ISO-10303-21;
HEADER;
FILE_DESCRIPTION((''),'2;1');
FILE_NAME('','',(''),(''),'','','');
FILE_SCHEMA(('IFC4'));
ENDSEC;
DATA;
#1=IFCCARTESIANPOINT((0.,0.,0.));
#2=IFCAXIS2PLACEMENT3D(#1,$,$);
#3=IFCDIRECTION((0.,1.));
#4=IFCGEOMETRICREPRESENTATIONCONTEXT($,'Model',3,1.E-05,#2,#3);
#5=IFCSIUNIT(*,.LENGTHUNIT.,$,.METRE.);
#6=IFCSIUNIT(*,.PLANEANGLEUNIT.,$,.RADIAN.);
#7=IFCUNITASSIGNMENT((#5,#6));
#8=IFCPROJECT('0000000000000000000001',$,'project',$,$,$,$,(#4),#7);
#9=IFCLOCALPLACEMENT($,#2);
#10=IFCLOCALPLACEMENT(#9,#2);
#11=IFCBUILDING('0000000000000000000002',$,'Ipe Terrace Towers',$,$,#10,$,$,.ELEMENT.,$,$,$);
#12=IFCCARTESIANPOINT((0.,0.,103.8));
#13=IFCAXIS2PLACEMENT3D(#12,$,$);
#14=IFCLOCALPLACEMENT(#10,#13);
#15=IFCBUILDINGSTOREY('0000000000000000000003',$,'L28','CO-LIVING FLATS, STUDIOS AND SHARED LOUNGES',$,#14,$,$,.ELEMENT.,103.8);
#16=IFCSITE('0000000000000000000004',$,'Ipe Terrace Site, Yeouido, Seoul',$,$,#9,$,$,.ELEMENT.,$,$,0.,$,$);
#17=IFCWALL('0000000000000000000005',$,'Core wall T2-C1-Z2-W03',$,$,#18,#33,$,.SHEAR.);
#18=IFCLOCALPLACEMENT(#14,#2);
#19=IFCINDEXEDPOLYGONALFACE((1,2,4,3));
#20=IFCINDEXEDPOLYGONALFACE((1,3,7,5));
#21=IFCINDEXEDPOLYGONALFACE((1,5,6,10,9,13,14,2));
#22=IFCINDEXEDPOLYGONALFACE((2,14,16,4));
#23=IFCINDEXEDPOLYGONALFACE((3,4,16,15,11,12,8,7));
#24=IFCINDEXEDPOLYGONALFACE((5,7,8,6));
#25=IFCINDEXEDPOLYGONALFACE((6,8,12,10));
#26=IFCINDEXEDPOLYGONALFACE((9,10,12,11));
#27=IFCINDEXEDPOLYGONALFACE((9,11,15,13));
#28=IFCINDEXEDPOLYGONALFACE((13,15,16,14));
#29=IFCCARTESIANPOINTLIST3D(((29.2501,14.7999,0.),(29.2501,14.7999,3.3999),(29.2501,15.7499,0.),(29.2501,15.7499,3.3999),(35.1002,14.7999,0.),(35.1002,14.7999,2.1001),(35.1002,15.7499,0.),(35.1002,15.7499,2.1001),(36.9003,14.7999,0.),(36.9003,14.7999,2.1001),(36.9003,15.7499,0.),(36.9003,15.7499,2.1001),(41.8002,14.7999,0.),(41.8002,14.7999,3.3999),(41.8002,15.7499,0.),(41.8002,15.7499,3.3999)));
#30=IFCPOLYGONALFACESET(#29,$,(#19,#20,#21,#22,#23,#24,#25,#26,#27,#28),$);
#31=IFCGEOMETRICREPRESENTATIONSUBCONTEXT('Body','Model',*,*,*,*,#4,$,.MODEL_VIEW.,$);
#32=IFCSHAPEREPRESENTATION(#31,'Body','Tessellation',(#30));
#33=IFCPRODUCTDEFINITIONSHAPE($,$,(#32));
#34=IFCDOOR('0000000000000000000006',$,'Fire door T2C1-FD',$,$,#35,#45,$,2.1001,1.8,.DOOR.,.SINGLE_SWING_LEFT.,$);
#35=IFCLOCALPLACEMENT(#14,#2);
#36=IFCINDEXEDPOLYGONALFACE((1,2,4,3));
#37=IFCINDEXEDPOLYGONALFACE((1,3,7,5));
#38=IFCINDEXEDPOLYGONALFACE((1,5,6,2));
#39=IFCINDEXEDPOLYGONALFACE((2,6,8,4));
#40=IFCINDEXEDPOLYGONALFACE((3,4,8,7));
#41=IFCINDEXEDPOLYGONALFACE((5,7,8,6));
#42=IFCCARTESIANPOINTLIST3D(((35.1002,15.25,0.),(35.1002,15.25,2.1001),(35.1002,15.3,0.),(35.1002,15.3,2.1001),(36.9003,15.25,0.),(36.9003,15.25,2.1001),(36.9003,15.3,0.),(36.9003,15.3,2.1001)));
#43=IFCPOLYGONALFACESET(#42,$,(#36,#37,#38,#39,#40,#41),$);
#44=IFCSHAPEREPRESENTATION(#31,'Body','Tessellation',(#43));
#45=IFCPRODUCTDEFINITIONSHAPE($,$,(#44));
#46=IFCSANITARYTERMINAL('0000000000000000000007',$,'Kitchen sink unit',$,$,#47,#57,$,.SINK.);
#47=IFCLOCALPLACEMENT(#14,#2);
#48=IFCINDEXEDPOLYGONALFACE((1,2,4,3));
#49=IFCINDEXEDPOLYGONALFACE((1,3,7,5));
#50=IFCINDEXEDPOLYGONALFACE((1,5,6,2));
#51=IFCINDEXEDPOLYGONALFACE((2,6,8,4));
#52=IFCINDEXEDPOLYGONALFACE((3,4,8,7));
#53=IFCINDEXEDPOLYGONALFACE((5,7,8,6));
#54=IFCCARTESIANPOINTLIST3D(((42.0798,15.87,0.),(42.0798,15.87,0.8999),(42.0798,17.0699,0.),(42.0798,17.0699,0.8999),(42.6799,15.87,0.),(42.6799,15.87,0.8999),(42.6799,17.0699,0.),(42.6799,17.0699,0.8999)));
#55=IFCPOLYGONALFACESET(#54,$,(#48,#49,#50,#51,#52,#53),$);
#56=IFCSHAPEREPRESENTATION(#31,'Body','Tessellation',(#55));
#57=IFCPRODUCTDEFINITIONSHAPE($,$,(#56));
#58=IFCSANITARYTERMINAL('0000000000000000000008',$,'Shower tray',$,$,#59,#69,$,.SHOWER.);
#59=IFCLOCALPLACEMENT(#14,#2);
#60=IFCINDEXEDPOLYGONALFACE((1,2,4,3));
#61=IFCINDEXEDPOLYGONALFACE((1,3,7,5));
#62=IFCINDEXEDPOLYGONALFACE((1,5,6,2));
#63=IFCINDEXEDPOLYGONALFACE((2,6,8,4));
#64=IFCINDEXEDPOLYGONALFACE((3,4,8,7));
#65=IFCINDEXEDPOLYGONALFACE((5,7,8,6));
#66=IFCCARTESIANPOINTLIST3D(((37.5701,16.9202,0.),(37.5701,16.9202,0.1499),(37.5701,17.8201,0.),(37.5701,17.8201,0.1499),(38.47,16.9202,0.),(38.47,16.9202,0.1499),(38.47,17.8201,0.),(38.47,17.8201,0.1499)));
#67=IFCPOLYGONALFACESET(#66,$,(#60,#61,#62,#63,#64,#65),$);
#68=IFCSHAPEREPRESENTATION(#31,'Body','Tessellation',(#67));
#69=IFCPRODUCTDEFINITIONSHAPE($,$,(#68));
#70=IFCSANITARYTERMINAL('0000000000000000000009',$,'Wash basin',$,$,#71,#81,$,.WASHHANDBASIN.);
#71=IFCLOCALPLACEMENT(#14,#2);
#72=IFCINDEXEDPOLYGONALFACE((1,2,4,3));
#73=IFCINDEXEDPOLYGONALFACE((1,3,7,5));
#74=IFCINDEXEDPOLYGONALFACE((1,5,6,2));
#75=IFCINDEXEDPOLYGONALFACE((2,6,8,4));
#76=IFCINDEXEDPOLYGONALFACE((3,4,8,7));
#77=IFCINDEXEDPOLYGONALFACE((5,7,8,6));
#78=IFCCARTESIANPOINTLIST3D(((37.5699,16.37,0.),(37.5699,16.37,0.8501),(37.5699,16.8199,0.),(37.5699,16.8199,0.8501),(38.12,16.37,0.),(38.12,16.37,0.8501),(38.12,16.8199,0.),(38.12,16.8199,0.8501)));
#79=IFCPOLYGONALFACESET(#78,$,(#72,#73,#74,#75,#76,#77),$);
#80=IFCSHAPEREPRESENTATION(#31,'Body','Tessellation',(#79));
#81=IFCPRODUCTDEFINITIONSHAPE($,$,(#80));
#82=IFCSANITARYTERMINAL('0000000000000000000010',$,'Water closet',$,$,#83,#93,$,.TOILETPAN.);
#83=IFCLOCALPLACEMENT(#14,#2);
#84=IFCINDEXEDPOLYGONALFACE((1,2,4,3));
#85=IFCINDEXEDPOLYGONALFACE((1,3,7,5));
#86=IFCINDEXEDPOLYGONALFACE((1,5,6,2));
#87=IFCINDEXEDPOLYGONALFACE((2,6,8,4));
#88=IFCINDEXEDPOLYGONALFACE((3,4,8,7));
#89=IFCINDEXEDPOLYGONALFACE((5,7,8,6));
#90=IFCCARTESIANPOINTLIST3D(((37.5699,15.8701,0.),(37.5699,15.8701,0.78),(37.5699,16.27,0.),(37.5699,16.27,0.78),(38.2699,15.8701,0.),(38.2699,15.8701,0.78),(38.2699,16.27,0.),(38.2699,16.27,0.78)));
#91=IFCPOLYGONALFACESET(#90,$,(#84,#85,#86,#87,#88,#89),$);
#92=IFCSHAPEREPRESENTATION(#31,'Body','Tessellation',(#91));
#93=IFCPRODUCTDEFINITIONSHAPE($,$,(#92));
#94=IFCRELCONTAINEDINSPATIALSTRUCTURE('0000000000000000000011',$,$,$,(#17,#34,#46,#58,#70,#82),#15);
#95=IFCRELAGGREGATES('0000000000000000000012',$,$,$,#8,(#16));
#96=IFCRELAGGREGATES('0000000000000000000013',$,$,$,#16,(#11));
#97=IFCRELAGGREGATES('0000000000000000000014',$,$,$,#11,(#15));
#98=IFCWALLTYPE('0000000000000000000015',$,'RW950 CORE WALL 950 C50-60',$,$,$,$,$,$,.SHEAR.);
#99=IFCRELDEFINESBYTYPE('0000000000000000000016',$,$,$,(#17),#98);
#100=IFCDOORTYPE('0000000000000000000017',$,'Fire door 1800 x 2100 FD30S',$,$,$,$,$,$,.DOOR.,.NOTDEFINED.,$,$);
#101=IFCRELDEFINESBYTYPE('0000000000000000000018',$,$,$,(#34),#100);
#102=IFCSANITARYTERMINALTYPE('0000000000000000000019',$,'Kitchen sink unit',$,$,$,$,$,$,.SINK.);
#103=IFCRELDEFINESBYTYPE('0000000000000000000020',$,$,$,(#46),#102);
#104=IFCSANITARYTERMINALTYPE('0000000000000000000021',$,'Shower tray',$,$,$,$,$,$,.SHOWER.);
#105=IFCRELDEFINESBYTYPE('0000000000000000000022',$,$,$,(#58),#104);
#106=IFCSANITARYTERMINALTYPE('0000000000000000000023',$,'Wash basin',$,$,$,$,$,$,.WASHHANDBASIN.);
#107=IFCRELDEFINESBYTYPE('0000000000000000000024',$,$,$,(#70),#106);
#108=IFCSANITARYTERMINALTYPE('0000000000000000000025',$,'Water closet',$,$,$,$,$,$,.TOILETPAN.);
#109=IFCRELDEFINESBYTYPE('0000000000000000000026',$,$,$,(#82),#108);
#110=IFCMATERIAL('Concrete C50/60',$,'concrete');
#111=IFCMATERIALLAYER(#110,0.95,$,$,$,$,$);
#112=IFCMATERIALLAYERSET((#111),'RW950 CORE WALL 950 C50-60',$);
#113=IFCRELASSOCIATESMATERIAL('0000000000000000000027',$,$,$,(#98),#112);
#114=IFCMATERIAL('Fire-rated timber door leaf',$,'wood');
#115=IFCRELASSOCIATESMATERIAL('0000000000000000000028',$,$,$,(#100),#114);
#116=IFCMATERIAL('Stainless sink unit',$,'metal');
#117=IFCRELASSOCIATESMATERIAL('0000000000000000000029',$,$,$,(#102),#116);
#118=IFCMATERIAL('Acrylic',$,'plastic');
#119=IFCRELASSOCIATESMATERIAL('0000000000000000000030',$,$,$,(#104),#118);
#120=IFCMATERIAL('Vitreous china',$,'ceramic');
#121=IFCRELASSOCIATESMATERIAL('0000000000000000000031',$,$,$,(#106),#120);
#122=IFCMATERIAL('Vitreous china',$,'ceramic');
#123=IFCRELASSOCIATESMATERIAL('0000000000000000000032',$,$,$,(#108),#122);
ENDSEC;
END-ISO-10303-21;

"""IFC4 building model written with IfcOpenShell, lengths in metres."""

from ifc_helpers import new_model, si_unit, direction, frame, frame_2d, origin, origin_2d, place, context, subcontext, project, spatial, rectangle, extrude, material, layer, layer_set, type_object, element, fill, save


model = new_model("IFC4")

# Units and contexts
model_context = context("Model", 3, precision=1e-05, world=origin(), true_north=direction((0.0, 1.0)))
body_context = subcontext(model_context, "Body", "Model", "MODEL_VIEW")
ifc_project = project(units=[si_unit("LENGTHUNIT", "METRE"), si_unit("PLANEANGLEUNIT", "RADIAN")], contexts=[model_context])

# Site, building, storey
site_placement = place(None, origin())
site = spatial("IfcSite", under=ifc_project, at=site_placement, Name="Ipe Terrace Site, Yeouido, Seoul", CompositionType="ELEMENT", RefElevation=0.0)
building_placement = place(site_placement, origin())
building = spatial("IfcBuilding", under=site, at=building_placement, Name="Ipe Terrace Towers", CompositionType="ELEMENT")
storey_placement = place(building_placement, frame((0.0, 0.0, 103.8)))
storey = spatial("IfcBuildingStorey", under=building, at=storey_placement, Name="L28", Description="CO-LIVING FLATS, STUDIOS AND SHARED LOUNGES", CompositionType="ELEMENT", Elevation=103.8)

# Wall, opening, door
ifc_material_1 = material(Name="Concrete C50/60", Category="concrete")
ifc_layer_1 = layer(ifc_material_1, 0.95)
ifc_layer_set_1 = layer_set([ifc_layer_1], Name="RW950 CORE WALL 950 C50-60")
wall_type_1 = type_object("IfcWallType", Name="RW950 CORE WALL 950 C50-60", PredefinedType="SHEAR", material=ifc_layer_set_1)
wall_1_placement = place(storey_placement, frame((41.8, 15.2749, 0.0), z_axis=(0.0, 0.0, 1.0), x_axis=(-1.0, 0.0, 0.0)))
wall_1 = element("IfcWall", 1, at=wall_1_placement, inside=storey, type_object=wall_type_1, Name="Core wall T2-C1-Z2-W03", PredefinedType="SHEAR", context=body_context, shape_type="SweptSolid", body=[
    extrude(rectangle(XDim=12.55, YDim=0.95, at=frame_2d((6.2749, 0.0))), origin(), (0.0, 0.0, 1.0), 3.3999),
])
opening_1_placement = place(wall_1_placement, frame((4.8999, 0.0, 0.0)))
opening_1 = element("IfcOpeningElement", 2, at=opening_1_placement, cuts=wall_1, PredefinedType="OPENING", context=body_context, shape_type="SweptSolid", body=[
    extrude(rectangle(XDim=1.8, YDim=2.1001, at=frame_2d((0.8999, 1.05))), frame((0.0, 0.4849, 0.0), z_axis=(0.0, -1.0, 0.0), x_axis=(1.0, 0.0, 0.0)), (0.0, 0.0, 1.0), 0.97),
])
ifc_material_2 = material(Name="Fire-rated timber door leaf", Category="wood")
door_type_1 = type_object("IfcDoorType", Name="Fire door 1800 x 2100 FD30S", OperationType="NOTDEFINED", PredefinedType="DOOR", material=ifc_material_2)
door_1_placement = place(opening_1_placement, origin())
door_1 = element("IfcDoor", 3, at=door_1_placement, inside=storey, type_object=door_type_1, Name="Fire door T2C1-FD", OperationType="SINGLE_SWING_LEFT", OverallHeight=2.1001, OverallWidth=1.8, PredefinedType="DOOR", context=body_context, shape_type="SweptSolid", body=[
    extrude(rectangle(XDim=1.8, YDim=2.1001, at=frame_2d((0.8999, 1.05))), frame((0.0, 0.0249, 0.0), z_axis=(0.0, -1.0, 0.0), x_axis=(1.0, 0.0, 0.0)), (0.0, 0.0, 1.0), 0.05),
])
fill(opening_1, door_1)

# Sanitary terminals
ifc_material_3 = material(Name="Stainless sink unit", Category="metal")
sanitary_terminal_type_1 = type_object("IfcSanitaryTerminalType", Name="Kitchen sink unit", PredefinedType="SINK", material=ifc_material_3)
sanitary_terminal_1_placement = place(storey_placement, frame((42.3799, 16.47, 0.0), z_axis=(0.0, 0.0, 1.0), x_axis=(0.0, -1.0, 0.0)))
element("IfcSanitaryTerminal", 4, at=sanitary_terminal_1_placement, inside=storey, type_object=sanitary_terminal_type_1, Name="Kitchen sink unit", PredefinedType="SINK", context=body_context, shape_type="SweptSolid", body=[
    extrude(rectangle(XDim=1.2, YDim=0.6001, at=origin_2d()), origin(), (0.0, 0.0, 1.0), 0.8999),
])
ifc_material_4 = material(Name="Acrylic", Category="plastic")
sanitary_terminal_type_2 = type_object("IfcSanitaryTerminalType", Name="Shower tray", PredefinedType="SHOWER", material=ifc_material_4)
sanitary_terminal_2_placement = place(storey_placement, frame((38.02, 17.3701, 0.0), z_axis=(0.0, 0.0, 1.0), x_axis=(1.0, 0.0, 0.0)))
element("IfcSanitaryTerminal", 5, at=sanitary_terminal_2_placement, inside=storey, type_object=sanitary_terminal_type_2, Name="Shower tray", PredefinedType="SHOWER", context=body_context, shape_type="SweptSolid", body=[
    extrude(rectangle(XDim=0.8999, YDim=0.8999, at=origin_2d()), origin(), (0.0, 0.0, 1.0), 0.1499),
])
ifc_material_5 = material(Name="Vitreous china", Category="ceramic")
sanitary_terminal_type_3 = type_object("IfcSanitaryTerminalType", Name="Wash basin", PredefinedType="WASHHANDBASIN", material=ifc_material_5)
sanitary_terminal_3_placement = place(storey_placement, frame((37.845, 16.595, 0.0), z_axis=(0.0, 0.0, 1.0), x_axis=(1.0, 0.0, 0.0)))
element("IfcSanitaryTerminal", 6, at=sanitary_terminal_3_placement, inside=storey, type_object=sanitary_terminal_type_3, Name="Wash basin", PredefinedType="WASHHANDBASIN", context=body_context, shape_type="SweptSolid", body=[
    extrude(rectangle(XDim=0.55, YDim=0.45, at=origin_2d()), origin(), (0.0, 0.0, 1.0), 0.8501),
])
ifc_material_6 = material(Name="Vitreous china", Category="ceramic")
sanitary_terminal_type_4 = type_object("IfcSanitaryTerminalType", Name="Water closet", PredefinedType="TOILETPAN", material=ifc_material_6)
sanitary_terminal_4_placement = place(storey_placement, frame((37.9199, 16.0701, 0.0), z_axis=(0.0, 0.0, 1.0), x_axis=(1.0, 0.0, 0.0)))
element("IfcSanitaryTerminal", 7, at=sanitary_terminal_4_placement, inside=storey, type_object=sanitary_terminal_type_4, Name="Water closet", PredefinedType="TOILETPAN", context=body_context, shape_type="SweptSolid", body=[
    extrude(rectangle(XDim=0.7, YDim=0.3999, at=origin_2d()), origin(), (0.0, 0.0, 1.0), 0.78),
])

save(model, "model.ifc")
